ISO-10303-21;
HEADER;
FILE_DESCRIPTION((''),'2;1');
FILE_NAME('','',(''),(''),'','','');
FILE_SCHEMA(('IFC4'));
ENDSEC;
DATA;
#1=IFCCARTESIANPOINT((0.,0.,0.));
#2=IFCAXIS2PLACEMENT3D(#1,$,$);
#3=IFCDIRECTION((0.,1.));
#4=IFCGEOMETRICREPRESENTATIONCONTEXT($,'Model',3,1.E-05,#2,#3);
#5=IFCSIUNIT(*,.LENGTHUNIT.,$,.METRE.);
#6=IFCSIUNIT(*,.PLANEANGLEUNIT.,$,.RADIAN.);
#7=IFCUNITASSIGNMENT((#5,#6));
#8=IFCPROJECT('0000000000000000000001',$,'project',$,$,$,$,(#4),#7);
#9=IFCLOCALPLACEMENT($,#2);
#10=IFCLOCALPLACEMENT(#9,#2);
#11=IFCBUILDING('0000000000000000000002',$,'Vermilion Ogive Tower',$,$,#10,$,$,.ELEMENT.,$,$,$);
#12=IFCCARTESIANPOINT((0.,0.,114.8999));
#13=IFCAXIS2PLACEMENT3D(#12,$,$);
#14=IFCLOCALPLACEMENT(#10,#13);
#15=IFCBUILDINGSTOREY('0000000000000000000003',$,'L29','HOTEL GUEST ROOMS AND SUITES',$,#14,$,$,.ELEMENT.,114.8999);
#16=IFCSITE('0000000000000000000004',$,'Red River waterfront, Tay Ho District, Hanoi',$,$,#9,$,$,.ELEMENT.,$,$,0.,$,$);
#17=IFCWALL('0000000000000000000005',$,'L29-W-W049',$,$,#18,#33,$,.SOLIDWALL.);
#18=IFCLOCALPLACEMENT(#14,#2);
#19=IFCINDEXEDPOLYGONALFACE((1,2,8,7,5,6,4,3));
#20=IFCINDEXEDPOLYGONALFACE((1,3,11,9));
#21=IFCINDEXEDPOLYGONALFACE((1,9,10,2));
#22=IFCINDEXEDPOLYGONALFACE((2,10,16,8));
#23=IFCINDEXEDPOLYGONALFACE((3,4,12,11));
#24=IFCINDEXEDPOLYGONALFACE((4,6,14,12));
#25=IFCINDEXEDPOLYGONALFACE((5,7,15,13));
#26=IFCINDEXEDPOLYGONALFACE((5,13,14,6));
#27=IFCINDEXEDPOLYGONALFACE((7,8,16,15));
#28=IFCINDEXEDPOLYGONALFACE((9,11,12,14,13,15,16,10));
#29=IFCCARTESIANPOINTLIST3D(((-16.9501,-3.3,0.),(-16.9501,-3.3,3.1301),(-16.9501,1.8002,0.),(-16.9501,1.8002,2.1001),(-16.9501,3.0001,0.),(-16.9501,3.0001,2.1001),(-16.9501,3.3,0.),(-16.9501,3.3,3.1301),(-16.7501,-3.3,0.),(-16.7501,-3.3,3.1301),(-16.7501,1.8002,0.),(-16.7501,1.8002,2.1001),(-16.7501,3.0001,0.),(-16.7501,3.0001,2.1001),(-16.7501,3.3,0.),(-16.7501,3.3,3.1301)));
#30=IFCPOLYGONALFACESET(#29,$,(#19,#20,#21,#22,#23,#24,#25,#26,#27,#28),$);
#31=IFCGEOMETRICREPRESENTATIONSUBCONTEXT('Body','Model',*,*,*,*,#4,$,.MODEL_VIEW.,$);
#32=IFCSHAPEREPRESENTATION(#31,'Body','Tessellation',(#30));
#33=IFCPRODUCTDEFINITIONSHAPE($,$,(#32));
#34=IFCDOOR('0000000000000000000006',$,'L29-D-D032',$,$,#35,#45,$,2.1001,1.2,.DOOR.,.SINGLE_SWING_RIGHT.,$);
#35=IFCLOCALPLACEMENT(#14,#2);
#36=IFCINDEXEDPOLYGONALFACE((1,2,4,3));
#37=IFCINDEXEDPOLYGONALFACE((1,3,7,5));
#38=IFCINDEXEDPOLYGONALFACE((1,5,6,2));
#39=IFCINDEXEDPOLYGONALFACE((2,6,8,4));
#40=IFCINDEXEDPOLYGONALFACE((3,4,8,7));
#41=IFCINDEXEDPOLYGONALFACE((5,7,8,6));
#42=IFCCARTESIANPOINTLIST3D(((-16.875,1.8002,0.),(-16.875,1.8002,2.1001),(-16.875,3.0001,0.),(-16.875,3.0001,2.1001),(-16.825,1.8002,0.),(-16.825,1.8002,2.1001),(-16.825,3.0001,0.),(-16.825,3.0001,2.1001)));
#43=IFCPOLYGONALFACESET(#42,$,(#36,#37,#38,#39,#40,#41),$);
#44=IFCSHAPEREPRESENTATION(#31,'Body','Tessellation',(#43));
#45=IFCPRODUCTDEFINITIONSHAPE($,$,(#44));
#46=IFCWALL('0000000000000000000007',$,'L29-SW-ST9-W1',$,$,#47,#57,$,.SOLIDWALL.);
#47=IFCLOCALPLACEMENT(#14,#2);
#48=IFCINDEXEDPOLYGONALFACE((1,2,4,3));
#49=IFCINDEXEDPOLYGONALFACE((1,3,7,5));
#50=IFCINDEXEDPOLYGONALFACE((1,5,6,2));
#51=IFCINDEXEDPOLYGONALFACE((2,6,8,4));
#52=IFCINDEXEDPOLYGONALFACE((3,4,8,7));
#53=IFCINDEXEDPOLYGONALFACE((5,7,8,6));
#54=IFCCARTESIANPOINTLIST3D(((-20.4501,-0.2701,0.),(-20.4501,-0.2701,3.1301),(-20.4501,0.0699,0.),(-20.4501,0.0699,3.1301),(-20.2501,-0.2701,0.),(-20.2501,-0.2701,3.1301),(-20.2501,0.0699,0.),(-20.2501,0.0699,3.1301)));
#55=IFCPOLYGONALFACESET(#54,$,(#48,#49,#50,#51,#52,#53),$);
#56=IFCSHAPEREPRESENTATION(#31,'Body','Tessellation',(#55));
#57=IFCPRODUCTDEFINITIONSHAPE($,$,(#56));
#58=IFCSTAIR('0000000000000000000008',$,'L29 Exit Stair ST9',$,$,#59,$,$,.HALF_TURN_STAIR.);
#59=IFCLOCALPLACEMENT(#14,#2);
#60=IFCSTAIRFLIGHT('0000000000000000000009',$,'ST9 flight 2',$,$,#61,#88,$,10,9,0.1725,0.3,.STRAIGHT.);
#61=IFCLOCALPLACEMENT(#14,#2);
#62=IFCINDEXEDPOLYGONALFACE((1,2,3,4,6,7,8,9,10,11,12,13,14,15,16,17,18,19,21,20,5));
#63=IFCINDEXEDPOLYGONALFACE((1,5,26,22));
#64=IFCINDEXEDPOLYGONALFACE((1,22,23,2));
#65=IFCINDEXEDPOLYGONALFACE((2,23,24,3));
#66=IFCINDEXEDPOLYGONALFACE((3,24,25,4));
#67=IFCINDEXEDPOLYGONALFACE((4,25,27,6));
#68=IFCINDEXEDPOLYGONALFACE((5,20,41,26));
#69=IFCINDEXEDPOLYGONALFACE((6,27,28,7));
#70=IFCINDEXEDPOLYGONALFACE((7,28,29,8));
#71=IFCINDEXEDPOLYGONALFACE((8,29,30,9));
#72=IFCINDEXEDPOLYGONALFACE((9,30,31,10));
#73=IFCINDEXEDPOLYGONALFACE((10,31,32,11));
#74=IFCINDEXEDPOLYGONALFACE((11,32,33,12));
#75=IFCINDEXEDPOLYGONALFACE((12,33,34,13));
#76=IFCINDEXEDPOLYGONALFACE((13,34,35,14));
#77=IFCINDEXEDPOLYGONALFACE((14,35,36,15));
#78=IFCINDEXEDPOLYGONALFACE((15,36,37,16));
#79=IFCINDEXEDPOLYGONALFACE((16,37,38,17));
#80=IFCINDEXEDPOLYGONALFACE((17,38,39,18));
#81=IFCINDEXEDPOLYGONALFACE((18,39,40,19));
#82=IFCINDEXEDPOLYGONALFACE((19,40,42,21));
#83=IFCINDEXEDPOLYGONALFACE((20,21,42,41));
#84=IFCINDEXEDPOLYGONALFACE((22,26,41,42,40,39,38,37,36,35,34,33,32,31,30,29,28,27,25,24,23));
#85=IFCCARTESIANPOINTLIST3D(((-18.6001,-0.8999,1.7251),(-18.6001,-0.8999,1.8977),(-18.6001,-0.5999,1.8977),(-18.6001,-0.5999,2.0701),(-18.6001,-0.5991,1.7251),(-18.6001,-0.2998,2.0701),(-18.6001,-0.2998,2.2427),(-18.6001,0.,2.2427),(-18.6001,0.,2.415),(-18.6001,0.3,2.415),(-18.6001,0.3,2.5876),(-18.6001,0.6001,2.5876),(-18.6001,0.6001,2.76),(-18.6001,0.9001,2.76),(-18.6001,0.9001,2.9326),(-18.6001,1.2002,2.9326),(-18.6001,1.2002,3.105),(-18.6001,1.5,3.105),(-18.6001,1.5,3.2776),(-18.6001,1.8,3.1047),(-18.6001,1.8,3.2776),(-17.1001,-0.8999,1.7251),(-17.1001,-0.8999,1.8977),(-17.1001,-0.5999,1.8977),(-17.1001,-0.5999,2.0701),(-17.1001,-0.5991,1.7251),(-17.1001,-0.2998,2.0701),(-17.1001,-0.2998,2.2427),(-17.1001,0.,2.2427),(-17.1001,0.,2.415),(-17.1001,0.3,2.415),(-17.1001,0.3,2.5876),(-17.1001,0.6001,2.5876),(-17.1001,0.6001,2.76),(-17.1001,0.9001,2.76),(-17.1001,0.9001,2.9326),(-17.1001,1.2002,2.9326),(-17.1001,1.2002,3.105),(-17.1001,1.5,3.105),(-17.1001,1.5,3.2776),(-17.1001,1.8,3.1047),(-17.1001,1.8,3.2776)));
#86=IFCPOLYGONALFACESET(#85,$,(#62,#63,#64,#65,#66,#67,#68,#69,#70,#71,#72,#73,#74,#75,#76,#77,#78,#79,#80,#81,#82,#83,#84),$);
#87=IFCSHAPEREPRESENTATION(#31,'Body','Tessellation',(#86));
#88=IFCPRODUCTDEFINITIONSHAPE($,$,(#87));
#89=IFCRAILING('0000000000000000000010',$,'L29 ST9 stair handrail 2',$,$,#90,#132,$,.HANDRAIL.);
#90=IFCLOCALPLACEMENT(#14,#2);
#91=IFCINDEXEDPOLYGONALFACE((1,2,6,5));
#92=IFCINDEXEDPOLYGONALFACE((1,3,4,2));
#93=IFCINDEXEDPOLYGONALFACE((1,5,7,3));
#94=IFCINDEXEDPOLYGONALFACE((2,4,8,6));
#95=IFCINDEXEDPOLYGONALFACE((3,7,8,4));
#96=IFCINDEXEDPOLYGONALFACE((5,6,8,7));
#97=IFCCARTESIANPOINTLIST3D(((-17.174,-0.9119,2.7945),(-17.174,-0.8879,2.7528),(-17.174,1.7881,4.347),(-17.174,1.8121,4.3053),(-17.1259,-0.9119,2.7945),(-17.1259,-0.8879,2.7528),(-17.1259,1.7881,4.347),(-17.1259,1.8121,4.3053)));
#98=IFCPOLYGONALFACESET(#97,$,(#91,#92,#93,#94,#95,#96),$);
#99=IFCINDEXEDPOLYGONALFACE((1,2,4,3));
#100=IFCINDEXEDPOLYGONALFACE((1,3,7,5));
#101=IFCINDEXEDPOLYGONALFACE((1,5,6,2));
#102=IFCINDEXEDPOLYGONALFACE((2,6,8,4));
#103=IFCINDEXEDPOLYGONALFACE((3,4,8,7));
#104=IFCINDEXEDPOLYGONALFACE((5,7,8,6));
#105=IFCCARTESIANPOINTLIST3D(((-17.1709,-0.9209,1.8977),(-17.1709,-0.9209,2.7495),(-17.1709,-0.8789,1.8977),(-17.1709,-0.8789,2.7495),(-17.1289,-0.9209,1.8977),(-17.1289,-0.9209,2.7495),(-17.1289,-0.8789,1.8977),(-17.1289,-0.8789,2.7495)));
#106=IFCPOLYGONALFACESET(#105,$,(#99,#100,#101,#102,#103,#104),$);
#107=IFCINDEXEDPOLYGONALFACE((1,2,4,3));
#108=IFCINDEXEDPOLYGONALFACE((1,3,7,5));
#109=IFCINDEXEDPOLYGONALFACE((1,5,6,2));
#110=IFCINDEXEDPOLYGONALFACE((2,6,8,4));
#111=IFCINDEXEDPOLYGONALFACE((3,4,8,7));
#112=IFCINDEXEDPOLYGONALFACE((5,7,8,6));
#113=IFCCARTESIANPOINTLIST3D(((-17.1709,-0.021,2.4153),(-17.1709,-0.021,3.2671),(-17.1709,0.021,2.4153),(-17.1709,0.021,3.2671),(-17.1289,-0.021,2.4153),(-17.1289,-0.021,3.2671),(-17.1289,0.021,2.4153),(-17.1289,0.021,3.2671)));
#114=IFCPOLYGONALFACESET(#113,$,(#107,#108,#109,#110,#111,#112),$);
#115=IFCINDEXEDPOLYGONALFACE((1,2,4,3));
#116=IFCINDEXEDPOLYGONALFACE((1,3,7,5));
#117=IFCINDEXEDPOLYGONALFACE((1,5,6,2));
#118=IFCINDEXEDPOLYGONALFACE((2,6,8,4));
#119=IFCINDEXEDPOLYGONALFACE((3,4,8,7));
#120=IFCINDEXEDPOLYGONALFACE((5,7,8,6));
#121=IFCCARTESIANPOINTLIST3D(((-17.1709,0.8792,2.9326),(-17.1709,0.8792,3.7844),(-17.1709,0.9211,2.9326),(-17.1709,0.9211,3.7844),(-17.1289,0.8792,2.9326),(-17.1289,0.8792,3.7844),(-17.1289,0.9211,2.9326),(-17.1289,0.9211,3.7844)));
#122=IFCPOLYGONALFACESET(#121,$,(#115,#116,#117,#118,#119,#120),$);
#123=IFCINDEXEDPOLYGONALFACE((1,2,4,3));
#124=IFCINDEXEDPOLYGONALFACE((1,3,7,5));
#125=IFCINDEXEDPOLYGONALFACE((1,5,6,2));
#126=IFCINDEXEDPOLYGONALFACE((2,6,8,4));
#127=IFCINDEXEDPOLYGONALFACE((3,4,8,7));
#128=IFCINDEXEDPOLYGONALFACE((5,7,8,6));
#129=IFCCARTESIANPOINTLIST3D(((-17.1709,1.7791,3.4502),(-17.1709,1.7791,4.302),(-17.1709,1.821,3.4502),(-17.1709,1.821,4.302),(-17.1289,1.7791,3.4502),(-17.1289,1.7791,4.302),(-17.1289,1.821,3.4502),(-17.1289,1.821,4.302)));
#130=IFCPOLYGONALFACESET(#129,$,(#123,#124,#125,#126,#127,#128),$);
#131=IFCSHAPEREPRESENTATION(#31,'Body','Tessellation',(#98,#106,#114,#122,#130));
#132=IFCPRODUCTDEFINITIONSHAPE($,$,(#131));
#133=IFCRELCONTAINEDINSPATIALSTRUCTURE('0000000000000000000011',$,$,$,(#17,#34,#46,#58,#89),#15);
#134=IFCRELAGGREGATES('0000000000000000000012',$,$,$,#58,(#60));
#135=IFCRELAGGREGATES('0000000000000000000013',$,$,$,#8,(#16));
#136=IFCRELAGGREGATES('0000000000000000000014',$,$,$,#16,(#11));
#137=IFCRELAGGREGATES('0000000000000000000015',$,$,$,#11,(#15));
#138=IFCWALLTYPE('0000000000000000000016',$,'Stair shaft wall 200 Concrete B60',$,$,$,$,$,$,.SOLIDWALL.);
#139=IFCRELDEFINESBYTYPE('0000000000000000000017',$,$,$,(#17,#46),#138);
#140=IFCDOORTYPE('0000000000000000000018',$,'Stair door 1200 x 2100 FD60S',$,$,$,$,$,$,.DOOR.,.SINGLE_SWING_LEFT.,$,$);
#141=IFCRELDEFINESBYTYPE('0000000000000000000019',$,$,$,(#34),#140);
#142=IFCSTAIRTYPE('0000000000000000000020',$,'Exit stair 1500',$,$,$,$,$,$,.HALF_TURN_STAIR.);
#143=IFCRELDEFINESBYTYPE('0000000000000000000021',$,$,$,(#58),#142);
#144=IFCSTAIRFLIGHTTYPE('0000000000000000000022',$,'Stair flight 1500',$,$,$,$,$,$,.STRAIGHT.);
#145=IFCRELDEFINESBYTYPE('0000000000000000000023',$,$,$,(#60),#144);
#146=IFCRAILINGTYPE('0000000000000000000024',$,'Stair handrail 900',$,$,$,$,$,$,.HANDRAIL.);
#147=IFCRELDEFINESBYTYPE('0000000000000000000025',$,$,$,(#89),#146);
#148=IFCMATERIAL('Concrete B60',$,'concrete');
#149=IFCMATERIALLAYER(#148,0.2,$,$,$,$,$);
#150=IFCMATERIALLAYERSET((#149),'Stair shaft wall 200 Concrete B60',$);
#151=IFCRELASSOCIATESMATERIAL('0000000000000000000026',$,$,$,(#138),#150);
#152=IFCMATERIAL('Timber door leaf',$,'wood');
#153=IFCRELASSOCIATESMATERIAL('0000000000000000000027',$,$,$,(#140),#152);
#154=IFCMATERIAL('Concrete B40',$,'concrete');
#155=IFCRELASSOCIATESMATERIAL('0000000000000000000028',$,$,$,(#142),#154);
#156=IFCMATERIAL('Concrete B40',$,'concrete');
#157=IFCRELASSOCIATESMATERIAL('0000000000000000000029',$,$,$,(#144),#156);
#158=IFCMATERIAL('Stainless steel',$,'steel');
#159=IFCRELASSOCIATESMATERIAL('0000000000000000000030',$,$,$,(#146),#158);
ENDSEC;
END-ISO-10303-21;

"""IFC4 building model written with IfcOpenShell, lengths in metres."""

from ifc_helpers import new_model, si_unit, direction, frame, frame_2d, origin, origin_2d, place, context, subcontext, project, spatial, polyline, rectangle, outline, extrude, material, layer, layer_set, type_object, element, fill, aggregate, save


model = new_model("IFC4")

# Units and contexts
model_context = context("Model", 3, precision=1e-05, world=origin(), true_north=direction((0.0, 1.0)))
body_context = subcontext(model_context, "Body", "Model", "MODEL_VIEW")
ifc_project = project(units=[si_unit("LENGTHUNIT", "METRE"), si_unit("PLANEANGLEUNIT", "RADIAN")], contexts=[model_context])

# Site, building, storey
site_placement = place(None, origin())
site = spatial("IfcSite", under=ifc_project, at=site_placement, Name="Red River waterfront, Tay Ho District, Hanoi", CompositionType="ELEMENT", RefElevation=0.0)
building_placement = place(site_placement, origin())
building = spatial("IfcBuilding", under=site, at=building_placement, Name="Vermilion Ogive Tower", CompositionType="ELEMENT")
storey_placement = place(building_placement, frame((0.0, 0.0, 114.8999)))
storey = spatial("IfcBuildingStorey", under=building, at=storey_placement, Name="L29", Description="HOTEL GUEST ROOMS AND SUITES", CompositionType="ELEMENT", Elevation=114.8999)

# Shared definitions
ifc_material_1 = material(Name="Concrete B60", Category="concrete")
ifc_layer_1 = layer(ifc_material_1, 0.2)
ifc_layer_set_1 = layer_set([ifc_layer_1], Name="Stair shaft wall 200 Concrete B60")
wall_type_1 = type_object("IfcWallType", Name="Stair shaft wall 200 Concrete B60", PredefinedType="SOLIDWALL", material=ifc_layer_set_1)

# Wall, opening, door
wall_1_placement = place(storey_placement, frame((-16.8501, -3.3, 0.0), z_axis=(0.0, 0.0, 1.0), x_axis=(0.0, 1.0, 0.0)))
wall_1 = element("IfcWall", 1, at=wall_1_placement, inside=storey, type_object=wall_type_1, Name="L29-W-W049", PredefinedType="SOLIDWALL", context=body_context, shape_type="SweptSolid", body=[
    extrude(rectangle(XDim=6.6001, YDim=0.2, at=frame_2d((3.3, 0.0))), origin(), (0.0, 0.0, 1.0), 3.1301),
])
opening_1_placement = place(wall_1_placement, frame((5.1001, 0.0, 0.0)))
opening_1 = element("IfcOpeningElement", 2, at=opening_1_placement, cuts=wall_1, PredefinedType="OPENING", context=body_context, shape_type="SweptSolid", body=[
    extrude(rectangle(XDim=1.2, YDim=2.1001, at=frame_2d((0.6001, 1.05))), frame((0.0, 0.1099, 0.0), z_axis=(0.0, -1.0, 0.0), x_axis=(1.0, 0.0, 0.0)), (0.0, 0.0, 1.0), 0.22),
])
ifc_material_2 = material(Name="Timber door leaf", Category="wood")
door_type_1 = type_object("IfcDoorType", Name="Stair door 1200 x 2100 FD60S", OperationType="SINGLE_SWING_LEFT", PredefinedType="DOOR", material=ifc_material_2)
door_1_placement = place(opening_1_placement, origin())
door_1 = element("IfcDoor", 3, at=door_1_placement, inside=storey, type_object=door_type_1, Name="L29-D-D032", OperationType="SINGLE_SWING_RIGHT", OverallHeight=2.1001, OverallWidth=1.2, PredefinedType="DOOR", context=body_context, shape_type="SweptSolid", body=[
    extrude(rectangle(XDim=1.2, YDim=2.1001, at=frame_2d((0.6001, 1.05))), frame((0.0, 0.0249, 0.0), z_axis=(0.0, -1.0, 0.0), x_axis=(1.0, 0.0, 0.0)), (0.0, 0.0, 1.0), 0.05),
])
fill(opening_1, door_1)

# Wall
wall_2_placement = place(storey_placement, frame((-20.3501, -0.27, 0.0), z_axis=(0.0, 0.0, 1.0), x_axis=(0.0, 1.0, 0.0)))
element("IfcWall", 4, at=wall_2_placement, inside=storey, type_object=wall_type_1, Name="L29-SW-ST9-W1", PredefinedType="SOLIDWALL", context=body_context, shape_type="SweptSolid", body=[
    extrude(rectangle(XDim=0.3401, YDim=0.2, at=frame_2d((0.1699, 0.0))), origin(), (0.0, 0.0, 1.0), 3.1301),
])

# Stair, stair flight
ifc_material_3 = material(Name="Concrete B40", Category="concrete")
stair_type = type_object("IfcStairType", Name="Exit stair 1500", PredefinedType="HALF_TURN_STAIR", material=ifc_material_3)
stair_placement = place(storey_placement, origin())
stair = element("IfcStair", 5, at=stair_placement, inside=storey, type_object=stair_type, Name="L29 Exit Stair ST9", PredefinedType="HALF_TURN_STAIR")
ifc_material_4 = material(Name="Concrete B40", Category="concrete")
stair_flight_type = type_object("IfcStairFlightType", Name="Stair flight 1500", PredefinedType="STRAIGHT", material=ifc_material_4)
stair_flight_placement = place(storey_placement, frame((-17.8501, -0.8999, 1.7251), z_axis=(0.0, 0.0, 1.0), x_axis=(0.0, 1.0, 0.0)))
stair_flight = element("IfcStairFlight", 6, at=stair_flight_placement, type_object=stair_flight_type, Name="ST9 flight 2", NumberOfRisers=10, NumberOfTreads=9, PredefinedType="STRAIGHT", RiserHeight=0.1725, TreadLength=0.3, context=body_context, shape_type="SweptSolid", body=[
    extrude(outline(polyline([(0.0, 0.0), (0.0, 0.1726), (0.3, 0.1726), (0.3, 0.345), (0.6001, 0.345), (0.6001, 0.5176), (0.8999, 0.5176), (0.8999, 0.6899), (1.2, 0.6899), (1.2, 0.8625), (1.5, 0.8625), (1.5, 1.0349), (1.8, 1.0349), (1.8, 1.2075), (2.1001, 1.2075), (2.1001, 1.3799), (2.3999, 1.3799), (2.3999, 1.5525), (2.7, 1.5525), (2.7, 1.7251), (2.7, 1.3796), (0.3008, 0.0), (0.0, 0.0)])), frame((0.0, 0.75, 0.0), z_axis=(0.0, -1.0, 0.0), x_axis=(1.0, 0.0, 0.0)), (0.0, 0.0, 1.0), 1.5),
])
aggregate(stair, [stair_flight])

# Railing
ifc_material_5 = material(Name="Stainless steel", Category="steel")
railing_type = type_object("IfcRailingType", Name="Stair handrail 900", PredefinedType="HANDRAIL", material=ifc_material_5)
railing_placement = place(storey_placement, frame((-17.1499, -0.8999, 1.8977)))
element("IfcRailing", 7, at=railing_placement, inside=storey, type_object=railing_type, Name="L29 ST9 stair handrail 2", PredefinedType="HANDRAIL", context=body_context, shape_type="SweptSolid", body=[
    extrude(rectangle(XDim=0.0481, YDim=0.0481, at=origin_2d()), frame((0.0, 0.0, 0.876), z_axis=(0.0, 0.866904, 0.498476), x_axis=(-1.0, 0.0, 0.0)), (0.0, 0.0, 1.0), 3.1145),
    extrude(rectangle(XDim=0.042, YDim=0.042, at=origin_2d()), origin(), (0.0, 0.0, 1.0), 0.8518),
    extrude(rectangle(XDim=0.042, YDim=0.042, at=origin_2d()), frame((0.0, 0.8999, 0.5176)), (0.0, 0.0, 1.0), 0.8518),
    extrude(rectangle(XDim=0.042, YDim=0.042, at=origin_2d()), frame((0.0, 1.8, 1.0349)), (0.0, 0.0, 1.0), 0.8518),
    extrude(rectangle(XDim=0.042, YDim=0.042, at=origin_2d()), frame((0.0, 2.7, 1.5525)), (0.0, 0.0, 1.0), 0.8518),
])

save(model, "model.ifc")
